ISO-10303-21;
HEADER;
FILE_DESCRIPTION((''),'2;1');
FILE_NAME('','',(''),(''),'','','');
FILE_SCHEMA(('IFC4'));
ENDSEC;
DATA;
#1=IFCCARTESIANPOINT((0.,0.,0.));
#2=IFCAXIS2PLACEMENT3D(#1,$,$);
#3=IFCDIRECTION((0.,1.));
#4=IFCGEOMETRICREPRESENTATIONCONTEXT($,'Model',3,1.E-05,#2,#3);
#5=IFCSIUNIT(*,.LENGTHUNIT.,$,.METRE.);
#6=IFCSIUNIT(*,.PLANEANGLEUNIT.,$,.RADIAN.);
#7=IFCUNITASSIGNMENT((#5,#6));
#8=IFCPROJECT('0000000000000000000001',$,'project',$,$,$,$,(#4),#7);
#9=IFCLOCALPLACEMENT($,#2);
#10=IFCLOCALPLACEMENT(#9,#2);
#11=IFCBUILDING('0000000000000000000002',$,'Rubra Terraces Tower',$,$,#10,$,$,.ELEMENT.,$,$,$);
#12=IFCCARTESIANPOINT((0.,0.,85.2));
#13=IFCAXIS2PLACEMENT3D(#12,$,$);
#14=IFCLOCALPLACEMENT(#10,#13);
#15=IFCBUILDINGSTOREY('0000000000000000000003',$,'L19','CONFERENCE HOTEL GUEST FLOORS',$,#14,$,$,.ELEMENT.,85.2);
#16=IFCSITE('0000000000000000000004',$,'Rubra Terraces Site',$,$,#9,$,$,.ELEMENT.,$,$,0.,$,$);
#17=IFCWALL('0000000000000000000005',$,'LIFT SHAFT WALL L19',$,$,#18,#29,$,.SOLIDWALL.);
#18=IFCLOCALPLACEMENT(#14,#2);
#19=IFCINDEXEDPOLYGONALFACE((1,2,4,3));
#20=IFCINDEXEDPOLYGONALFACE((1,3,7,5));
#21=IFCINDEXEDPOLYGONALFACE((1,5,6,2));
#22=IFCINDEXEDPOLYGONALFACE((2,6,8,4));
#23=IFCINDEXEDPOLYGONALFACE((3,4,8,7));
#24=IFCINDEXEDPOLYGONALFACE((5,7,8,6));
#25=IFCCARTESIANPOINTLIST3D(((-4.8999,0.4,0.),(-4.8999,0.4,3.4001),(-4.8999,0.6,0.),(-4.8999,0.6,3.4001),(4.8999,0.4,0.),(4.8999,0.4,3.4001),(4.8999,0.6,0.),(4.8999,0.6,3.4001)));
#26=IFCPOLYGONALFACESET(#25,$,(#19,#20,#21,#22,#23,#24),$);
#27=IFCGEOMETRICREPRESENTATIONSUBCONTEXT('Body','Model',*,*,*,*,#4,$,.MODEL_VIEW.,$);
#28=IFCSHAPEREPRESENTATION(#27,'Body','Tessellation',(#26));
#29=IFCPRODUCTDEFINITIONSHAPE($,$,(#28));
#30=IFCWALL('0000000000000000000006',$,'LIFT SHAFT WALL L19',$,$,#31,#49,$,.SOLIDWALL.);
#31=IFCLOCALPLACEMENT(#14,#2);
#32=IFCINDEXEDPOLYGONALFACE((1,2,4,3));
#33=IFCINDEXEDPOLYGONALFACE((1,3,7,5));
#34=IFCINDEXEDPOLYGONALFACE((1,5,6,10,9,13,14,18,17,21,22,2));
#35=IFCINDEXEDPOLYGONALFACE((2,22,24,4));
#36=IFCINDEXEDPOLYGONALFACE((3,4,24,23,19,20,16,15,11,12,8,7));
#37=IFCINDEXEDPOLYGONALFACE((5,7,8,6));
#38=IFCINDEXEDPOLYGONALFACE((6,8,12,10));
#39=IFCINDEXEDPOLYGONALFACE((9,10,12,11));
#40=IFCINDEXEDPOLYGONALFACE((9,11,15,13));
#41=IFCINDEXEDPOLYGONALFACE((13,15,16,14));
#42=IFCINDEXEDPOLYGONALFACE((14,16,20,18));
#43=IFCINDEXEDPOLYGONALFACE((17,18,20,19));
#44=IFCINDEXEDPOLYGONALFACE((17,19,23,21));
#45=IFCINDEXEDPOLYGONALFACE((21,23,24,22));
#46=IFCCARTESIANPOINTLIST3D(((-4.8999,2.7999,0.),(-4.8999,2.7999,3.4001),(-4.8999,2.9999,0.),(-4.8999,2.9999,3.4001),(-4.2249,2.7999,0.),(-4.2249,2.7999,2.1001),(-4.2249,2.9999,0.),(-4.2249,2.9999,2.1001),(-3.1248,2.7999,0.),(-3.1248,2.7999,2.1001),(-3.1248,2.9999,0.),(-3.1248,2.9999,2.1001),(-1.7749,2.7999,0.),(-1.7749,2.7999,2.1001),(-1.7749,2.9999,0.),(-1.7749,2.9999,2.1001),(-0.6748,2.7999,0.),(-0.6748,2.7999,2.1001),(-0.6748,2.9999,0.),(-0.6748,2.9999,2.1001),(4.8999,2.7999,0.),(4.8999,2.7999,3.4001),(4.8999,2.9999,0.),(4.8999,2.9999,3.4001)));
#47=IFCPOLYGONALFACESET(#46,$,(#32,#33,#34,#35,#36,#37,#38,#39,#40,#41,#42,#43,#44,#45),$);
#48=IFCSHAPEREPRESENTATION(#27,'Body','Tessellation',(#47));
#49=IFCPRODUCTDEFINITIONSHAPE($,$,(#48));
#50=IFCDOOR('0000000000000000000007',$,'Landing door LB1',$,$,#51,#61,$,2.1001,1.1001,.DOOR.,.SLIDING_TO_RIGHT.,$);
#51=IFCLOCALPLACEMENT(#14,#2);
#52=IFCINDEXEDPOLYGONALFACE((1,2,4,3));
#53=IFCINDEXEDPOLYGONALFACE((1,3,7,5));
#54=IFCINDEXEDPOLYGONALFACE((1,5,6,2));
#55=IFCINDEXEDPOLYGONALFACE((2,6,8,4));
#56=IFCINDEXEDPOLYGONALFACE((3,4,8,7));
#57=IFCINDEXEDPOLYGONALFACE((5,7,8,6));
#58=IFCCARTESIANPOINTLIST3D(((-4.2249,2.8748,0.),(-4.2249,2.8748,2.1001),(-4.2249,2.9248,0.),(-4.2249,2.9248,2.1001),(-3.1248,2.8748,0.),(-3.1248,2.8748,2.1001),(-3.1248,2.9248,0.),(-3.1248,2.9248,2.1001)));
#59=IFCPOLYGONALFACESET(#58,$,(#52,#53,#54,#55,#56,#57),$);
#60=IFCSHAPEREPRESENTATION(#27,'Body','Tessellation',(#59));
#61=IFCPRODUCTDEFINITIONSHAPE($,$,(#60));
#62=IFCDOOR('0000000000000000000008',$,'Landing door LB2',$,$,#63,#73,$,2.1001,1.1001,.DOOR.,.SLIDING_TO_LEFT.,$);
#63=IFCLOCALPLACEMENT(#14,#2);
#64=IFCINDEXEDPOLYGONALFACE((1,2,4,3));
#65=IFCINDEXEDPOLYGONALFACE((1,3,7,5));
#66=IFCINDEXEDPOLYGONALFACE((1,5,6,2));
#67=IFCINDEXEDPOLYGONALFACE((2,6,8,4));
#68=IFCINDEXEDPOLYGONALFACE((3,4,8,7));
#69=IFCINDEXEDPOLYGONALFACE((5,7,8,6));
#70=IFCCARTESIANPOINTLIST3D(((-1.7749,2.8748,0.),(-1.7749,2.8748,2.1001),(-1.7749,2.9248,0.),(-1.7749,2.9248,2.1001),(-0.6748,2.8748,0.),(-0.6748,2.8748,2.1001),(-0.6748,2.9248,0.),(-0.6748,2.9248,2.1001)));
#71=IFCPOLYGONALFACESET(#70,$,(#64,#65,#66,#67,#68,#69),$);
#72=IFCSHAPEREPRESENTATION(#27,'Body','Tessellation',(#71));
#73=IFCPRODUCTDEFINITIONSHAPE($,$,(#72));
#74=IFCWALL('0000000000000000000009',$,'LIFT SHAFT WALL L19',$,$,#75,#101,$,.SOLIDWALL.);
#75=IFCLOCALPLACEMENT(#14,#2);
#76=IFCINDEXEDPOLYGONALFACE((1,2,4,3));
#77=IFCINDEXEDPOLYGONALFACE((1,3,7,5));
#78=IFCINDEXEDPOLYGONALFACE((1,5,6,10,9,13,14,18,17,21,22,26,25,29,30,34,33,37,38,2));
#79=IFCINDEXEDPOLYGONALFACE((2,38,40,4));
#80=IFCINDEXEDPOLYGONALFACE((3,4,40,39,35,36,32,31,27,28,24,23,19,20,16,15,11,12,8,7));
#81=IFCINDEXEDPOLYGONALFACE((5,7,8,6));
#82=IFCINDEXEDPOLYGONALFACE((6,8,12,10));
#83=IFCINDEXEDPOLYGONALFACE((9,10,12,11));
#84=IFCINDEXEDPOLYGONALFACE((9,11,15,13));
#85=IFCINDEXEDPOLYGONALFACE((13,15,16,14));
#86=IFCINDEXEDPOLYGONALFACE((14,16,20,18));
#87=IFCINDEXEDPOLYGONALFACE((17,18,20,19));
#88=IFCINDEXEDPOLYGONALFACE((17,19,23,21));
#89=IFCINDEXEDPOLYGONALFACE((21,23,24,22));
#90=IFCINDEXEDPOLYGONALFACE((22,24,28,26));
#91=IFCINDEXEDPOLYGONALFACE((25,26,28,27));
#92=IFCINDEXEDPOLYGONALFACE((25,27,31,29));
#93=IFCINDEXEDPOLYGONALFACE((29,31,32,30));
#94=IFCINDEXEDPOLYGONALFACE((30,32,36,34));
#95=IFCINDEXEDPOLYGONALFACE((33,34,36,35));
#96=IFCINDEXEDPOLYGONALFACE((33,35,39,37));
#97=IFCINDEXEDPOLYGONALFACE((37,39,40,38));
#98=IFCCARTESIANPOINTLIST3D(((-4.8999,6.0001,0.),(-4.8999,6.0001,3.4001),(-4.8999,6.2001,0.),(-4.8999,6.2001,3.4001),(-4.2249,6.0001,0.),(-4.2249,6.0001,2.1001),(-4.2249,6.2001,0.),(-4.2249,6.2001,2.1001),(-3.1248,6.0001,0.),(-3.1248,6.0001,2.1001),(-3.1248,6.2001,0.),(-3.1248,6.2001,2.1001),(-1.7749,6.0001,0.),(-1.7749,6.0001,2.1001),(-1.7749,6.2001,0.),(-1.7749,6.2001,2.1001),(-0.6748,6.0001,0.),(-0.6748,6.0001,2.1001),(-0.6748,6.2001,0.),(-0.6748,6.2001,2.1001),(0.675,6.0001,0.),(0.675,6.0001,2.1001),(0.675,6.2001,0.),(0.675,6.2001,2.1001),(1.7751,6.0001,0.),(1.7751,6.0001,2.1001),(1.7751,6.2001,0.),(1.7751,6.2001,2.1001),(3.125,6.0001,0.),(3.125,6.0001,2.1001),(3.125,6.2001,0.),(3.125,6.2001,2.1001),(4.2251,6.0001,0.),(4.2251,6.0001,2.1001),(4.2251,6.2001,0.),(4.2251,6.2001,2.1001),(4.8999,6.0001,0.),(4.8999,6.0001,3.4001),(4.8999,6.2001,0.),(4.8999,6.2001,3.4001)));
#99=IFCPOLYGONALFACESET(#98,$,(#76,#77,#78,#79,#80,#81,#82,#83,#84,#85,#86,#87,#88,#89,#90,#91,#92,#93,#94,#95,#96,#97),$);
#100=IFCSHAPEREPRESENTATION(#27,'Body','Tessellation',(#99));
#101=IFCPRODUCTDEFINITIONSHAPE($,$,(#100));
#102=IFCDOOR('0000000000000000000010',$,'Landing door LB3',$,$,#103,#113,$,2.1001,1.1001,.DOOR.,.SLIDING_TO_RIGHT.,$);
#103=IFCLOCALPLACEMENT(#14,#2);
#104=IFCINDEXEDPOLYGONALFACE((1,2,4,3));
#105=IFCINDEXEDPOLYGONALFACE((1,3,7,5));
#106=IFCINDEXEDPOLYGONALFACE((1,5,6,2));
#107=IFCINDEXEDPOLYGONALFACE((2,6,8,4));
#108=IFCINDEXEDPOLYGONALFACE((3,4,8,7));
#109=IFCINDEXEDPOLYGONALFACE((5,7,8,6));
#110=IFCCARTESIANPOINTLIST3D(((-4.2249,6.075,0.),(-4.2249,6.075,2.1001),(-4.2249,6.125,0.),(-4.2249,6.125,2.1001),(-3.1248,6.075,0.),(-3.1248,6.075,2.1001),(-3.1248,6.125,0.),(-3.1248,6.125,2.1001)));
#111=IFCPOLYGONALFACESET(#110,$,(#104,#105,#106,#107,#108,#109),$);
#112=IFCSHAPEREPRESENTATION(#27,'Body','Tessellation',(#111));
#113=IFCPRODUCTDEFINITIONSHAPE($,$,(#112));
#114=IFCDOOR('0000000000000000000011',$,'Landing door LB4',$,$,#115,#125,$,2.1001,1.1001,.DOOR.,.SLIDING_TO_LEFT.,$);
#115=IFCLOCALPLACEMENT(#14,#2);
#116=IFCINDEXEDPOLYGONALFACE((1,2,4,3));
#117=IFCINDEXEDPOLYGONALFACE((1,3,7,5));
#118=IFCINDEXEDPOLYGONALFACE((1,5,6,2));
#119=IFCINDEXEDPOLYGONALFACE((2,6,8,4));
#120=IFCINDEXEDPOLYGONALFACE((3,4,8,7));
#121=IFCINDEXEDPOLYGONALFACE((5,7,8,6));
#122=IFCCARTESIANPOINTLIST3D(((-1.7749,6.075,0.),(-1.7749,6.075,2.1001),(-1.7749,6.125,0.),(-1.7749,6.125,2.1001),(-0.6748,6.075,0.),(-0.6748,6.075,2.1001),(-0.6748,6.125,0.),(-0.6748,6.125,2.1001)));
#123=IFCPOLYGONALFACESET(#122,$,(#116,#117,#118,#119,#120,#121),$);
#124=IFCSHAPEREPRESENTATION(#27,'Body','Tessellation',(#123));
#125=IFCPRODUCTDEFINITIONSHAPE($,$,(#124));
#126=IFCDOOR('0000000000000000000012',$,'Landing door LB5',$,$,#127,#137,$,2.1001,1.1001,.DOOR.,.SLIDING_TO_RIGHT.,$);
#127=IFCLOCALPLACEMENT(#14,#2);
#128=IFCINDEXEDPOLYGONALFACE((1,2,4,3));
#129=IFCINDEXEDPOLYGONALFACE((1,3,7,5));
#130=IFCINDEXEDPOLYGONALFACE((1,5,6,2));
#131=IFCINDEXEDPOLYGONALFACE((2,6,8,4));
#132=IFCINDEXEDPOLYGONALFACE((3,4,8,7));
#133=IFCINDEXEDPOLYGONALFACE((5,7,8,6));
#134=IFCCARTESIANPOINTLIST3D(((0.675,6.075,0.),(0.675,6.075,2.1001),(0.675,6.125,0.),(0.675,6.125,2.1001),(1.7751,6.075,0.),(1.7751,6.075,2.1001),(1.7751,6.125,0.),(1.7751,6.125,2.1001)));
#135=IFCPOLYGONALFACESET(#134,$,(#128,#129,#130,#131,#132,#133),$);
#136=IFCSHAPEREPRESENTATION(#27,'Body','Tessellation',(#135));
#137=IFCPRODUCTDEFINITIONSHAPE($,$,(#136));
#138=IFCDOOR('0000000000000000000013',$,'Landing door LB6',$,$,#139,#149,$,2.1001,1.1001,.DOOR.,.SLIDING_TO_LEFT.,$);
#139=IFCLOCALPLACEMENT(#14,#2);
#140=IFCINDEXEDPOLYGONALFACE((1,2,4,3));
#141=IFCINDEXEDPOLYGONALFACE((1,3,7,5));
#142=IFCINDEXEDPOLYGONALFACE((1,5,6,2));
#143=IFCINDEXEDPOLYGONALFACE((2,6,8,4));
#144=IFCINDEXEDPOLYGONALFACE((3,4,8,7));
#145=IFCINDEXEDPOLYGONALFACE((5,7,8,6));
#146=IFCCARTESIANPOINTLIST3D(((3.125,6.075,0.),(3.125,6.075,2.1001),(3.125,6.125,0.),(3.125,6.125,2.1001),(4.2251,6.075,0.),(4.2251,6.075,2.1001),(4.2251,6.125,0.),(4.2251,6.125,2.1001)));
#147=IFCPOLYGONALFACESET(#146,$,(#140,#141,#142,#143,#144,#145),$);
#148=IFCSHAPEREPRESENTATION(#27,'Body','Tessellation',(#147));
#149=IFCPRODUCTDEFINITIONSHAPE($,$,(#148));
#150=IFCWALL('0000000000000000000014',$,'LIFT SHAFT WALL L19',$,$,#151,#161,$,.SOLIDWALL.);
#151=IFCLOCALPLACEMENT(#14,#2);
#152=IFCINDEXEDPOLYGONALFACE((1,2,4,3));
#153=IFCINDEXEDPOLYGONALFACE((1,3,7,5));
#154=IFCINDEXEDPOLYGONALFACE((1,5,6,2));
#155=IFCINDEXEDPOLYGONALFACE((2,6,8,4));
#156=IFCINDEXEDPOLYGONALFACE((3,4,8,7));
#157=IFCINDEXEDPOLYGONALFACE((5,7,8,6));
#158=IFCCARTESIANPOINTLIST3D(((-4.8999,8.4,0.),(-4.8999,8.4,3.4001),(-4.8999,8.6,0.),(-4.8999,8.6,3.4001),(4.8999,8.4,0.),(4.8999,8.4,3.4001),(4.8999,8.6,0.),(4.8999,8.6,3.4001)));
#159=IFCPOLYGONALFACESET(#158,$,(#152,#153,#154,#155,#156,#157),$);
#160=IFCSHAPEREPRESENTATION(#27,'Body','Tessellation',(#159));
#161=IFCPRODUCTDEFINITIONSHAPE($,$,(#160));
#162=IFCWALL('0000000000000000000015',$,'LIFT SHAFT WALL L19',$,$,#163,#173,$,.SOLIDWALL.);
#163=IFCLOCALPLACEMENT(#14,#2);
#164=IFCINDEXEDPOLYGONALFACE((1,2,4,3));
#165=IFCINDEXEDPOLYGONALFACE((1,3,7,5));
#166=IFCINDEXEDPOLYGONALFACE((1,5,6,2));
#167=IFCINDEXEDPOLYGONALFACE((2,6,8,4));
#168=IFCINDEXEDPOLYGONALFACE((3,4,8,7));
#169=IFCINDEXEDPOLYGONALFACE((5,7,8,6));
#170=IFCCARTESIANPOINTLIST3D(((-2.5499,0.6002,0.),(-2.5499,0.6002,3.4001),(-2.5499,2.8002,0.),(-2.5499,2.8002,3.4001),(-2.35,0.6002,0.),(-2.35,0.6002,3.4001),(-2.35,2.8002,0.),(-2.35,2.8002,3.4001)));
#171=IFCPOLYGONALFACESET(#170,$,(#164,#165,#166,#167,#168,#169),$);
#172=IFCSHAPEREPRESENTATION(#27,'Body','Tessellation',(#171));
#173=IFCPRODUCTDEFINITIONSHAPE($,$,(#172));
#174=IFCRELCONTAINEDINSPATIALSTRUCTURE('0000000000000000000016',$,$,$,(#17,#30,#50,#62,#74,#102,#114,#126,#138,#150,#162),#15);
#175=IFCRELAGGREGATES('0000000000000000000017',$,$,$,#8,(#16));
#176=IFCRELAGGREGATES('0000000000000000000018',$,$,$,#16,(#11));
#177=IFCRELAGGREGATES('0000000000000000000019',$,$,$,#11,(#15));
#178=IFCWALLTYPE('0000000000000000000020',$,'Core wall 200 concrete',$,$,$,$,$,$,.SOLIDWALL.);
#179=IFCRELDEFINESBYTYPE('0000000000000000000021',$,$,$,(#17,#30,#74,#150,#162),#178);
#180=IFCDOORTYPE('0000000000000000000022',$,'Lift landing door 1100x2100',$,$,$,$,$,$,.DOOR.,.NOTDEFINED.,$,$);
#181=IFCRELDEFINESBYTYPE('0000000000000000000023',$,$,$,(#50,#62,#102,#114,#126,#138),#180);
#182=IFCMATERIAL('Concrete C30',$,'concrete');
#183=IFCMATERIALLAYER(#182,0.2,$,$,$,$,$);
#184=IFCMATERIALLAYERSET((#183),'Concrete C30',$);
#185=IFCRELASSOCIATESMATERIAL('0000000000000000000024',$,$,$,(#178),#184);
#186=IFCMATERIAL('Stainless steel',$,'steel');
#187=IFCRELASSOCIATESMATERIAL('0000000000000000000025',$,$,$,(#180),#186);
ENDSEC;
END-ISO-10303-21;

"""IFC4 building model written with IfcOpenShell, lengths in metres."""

from ifc_helpers import new_model, si_unit, direction, frame, frame_2d, origin, place, context, subcontext, project, spatial, rectangle, extrude, material, layer, layer_set, type_object, element, fill, save


model = new_model("IFC4")

# Units and contexts
model_context = context("Model", 3, precision=1e-05, world=origin(), true_north=direction((0.0, 1.0)))
body_context = subcontext(model_context, "Body", "Model", "MODEL_VIEW")
ifc_project = project(units=[si_unit("LENGTHUNIT", "METRE"), si_unit("PLANEANGLEUNIT", "RADIAN")], contexts=[model_context])

# Site, building, storey
site_placement = place(None, origin())
site = spatial("IfcSite", under=ifc_project, at=site_placement, Name="Rubra Terraces Site", CompositionType="ELEMENT", RefElevation=0.0)
building_placement = place(site_placement, origin())
building = spatial("IfcBuilding", under=site, at=building_placement, Name="Rubra Terraces Tower", CompositionType="ELEMENT")
storey_placement = place(building_placement, frame((0.0, 0.0, 85.2)))
storey = spatial("IfcBuildingStorey", under=building, at=storey_placement, Name="L19", Description="CONFERENCE HOTEL GUEST FLOORS", CompositionType="ELEMENT", Elevation=85.2)

# Wall
ifc_material_1 = material(Name="Concrete C30", Category="concrete")
ifc_layer_1 = layer(ifc_material_1, 0.2)
ifc_layer_set_1 = layer_set([ifc_layer_1], Name="Concrete C30")
wall_type_1 = type_object("IfcWallType", Name="Core wall 200 concrete", PredefinedType="SOLIDWALL", material=ifc_layer_set_1)
wall_1_placement = place(storey_placement, frame((-4.8999, 0.5, 0.0), z_axis=(0.0, 0.0, 1.0), x_axis=(1.0, 0.0, 0.0)))
element("IfcWall", 1, at=wall_1_placement, inside=storey, type_object=wall_type_1, Name="LIFT SHAFT WALL L19", PredefinedType="SOLIDWALL", context=body_context, shape_type="SweptSolid", body=[
    extrude(rectangle(XDim=9.7998, YDim=0.2, at=frame_2d((4.8999, 0.0))), origin(), (0.0, 0.0, 1.0), 3.4001),
])

# Walls, openings, doors
wall_2_placement = place(storey_placement, frame((-4.8999, 2.8999, 0.0), z_axis=(0.0, 0.0, 1.0), x_axis=(1.0, 0.0, 0.0)))
wall_2 = element("IfcWall", 2, at=wall_2_placement, inside=storey, type_object=wall_type_1, Name="LIFT SHAFT WALL L19", PredefinedType="SOLIDWALL", context=body_context, shape_type="SweptSolid", body=[
    extrude(rectangle(XDim=9.7998, YDim=0.2, at=frame_2d((4.8999, 0.0))), origin(), (0.0, 0.0, 1.0), 3.4001),
])
opening_1_placement = place(wall_2_placement, frame((0.675, 0.0, 0.0)))
opening_1 = element("IfcOpeningElement", 3, at=opening_1_placement, cuts=wall_2, PredefinedType="OPENING", context=body_context, shape_type="SweptSolid", body=[
    extrude(rectangle(XDim=1.1001, YDim=2.1001, at=frame_2d((0.55, 1.05))), frame((0.0, 0.1099, 0.0), z_axis=(0.0, -1.0, 0.0), x_axis=(1.0, 0.0, 0.0)), (0.0, 0.0, 1.0), 0.22),
])
opening_2_placement = place(wall_2_placement, frame((3.125, 0.0, 0.0)))
opening_2 = element("IfcOpeningElement", 4, at=opening_2_placement, cuts=wall_2, PredefinedType="OPENING", context=body_context, shape_type="SweptSolid", body=[
    extrude(rectangle(XDim=1.1001, YDim=2.1001, at=frame_2d((0.55, 1.05))), frame((0.0, 0.1099, 0.0), z_axis=(0.0, -1.0, 0.0), x_axis=(1.0, 0.0, 0.0)), (0.0, 0.0, 1.0), 0.22),
])
ifc_material_2 = material(Name="Stainless steel", Category="steel")
door_type = type_object("IfcDoorType", Name="Lift landing door 1100x2100", OperationType="NOTDEFINED", PredefinedType="DOOR", material=ifc_material_2)
door_1_placement = place(opening_1_placement, origin())
door_1 = element("IfcDoor", 5, at=door_1_placement, inside=storey, type_object=door_type, Name="Landing door LB1", OperationType="SLIDING_TO_RIGHT", OverallHeight=2.1001, OverallWidth=1.1001, PredefinedType="DOOR", context=body_context, shape_type="SweptSolid", body=[
    extrude(rectangle(XDim=1.1001, YDim=2.1001, at=frame_2d((0.55, 1.05))), frame((0.0, 0.0249, 0.0), z_axis=(0.0, -1.0, 0.0), x_axis=(1.0, 0.0, 0.0)), (0.0, 0.0, 1.0), 0.05),
])
fill(opening_1, door_1)
door_2_placement = place(opening_2_placement, origin())
door_2 = element("IfcDoor", 6, at=door_2_placement, inside=storey, type_object=door_type, Name="Landing door LB2", OperationType="SLIDING_TO_LEFT", OverallHeight=2.1001, OverallWidth=1.1001, PredefinedType="DOOR", context=body_context, shape_type="SweptSolid", body=[
    extrude(rectangle(XDim=1.1001, YDim=2.1001, at=frame_2d((0.55, 1.05))), frame((0.0, 0.0249, 0.0), z_axis=(0.0, -1.0, 0.0), x_axis=(1.0, 0.0, 0.0)), (0.0, 0.0, 1.0), 0.05),
])
fill(opening_2, door_2)
wall_3_placement = place(storey_placement, frame((-4.8999, 6.1001, 0.0), z_axis=(0.0, 0.0, 1.0), x_axis=(1.0, 0.0, 0.0)))
wall_3 = element("IfcWall", 7, at=wall_3_placement, inside=storey, type_object=wall_type_1, Name="LIFT SHAFT WALL L19", PredefinedType="SOLIDWALL", context=body_context, shape_type="SweptSolid", body=[
    extrude(rectangle(XDim=9.7998, YDim=0.2, at=frame_2d((4.8999, 0.0))), origin(), (0.0, 0.0, 1.0), 3.4001),
])
opening_3_placement = place(wall_3_placement, frame((0.675, 0.0, 0.0)))
opening_3 = element("IfcOpeningElement", 8, at=opening_3_placement, cuts=wall_3, PredefinedType="OPENING", context=body_context, shape_type="SweptSolid", body=[
    extrude(rectangle(XDim=1.1001, YDim=2.1001, at=frame_2d((0.55, 1.05))), frame((0.0, 0.1099, 0.0), z_axis=(0.0, -1.0, 0.0), x_axis=(1.0, 0.0, 0.0)), (0.0, 0.0, 1.0), 0.22),
])
opening_4_placement = place(wall_3_placement, frame((3.125, 0.0, 0.0)))
opening_4 = element("IfcOpeningElement", 9, at=opening_4_placement, cuts=wall_3, PredefinedType="OPENING", context=body_context, shape_type="SweptSolid", body=[
    extrude(rectangle(XDim=1.1001, YDim=2.1001, at=frame_2d((0.55, 1.05))), frame((0.0, 0.1099, 0.0), z_axis=(0.0, -1.0, 0.0), x_axis=(1.0, 0.0, 0.0)), (0.0, 0.0, 1.0), 0.22),
])
opening_5_placement = place(wall_3_placement, frame((5.575, 0.0, 0.0)))
opening_5 = element("IfcOpeningElement", 10, at=opening_5_placement, cuts=wall_3, PredefinedType="OPENING", context=body_context, shape_type="SweptSolid", body=[
    extrude(rectangle(XDim=1.1001, YDim=2.1001, at=frame_2d((0.55, 1.05))), frame((0.0, 0.1099, 0.0), z_axis=(0.0, -1.0, 0.0), x_axis=(1.0, 0.0, 0.0)), (0.0, 0.0, 1.0), 0.22),
])
opening_6_placement = place(wall_3_placement, frame((8.0249, 0.0, 0.0)))
opening_6 = element("IfcOpeningElement", 11, at=opening_6_placement, cuts=wall_3, PredefinedType="OPENING", context=body_context, shape_type="SweptSolid", body=[
    extrude(rectangle(XDim=1.1001, YDim=2.1001, at=frame_2d((0.55, 1.05))), frame((0.0, 0.1099, 0.0), z_axis=(0.0, -1.0, 0.0), x_axis=(1.0, 0.0, 0.0)), (0.0, 0.0, 1.0), 0.22),
])
door_3_placement = place(opening_3_placement, origin())
door_3 = element("IfcDoor", 12, at=door_3_placement, inside=storey, type_object=door_type, Name="Landing door LB3", OperationType="SLIDING_TO_RIGHT", OverallHeight=2.1001, OverallWidth=1.1001, PredefinedType="DOOR", context=body_context, shape_type="SweptSolid", body=[
    extrude(rectangle(XDim=1.1001, YDim=2.1001, at=frame_2d((0.55, 1.05))), frame((0.0, 0.0249, 0.0), z_axis=(0.0, -1.0, 0.0), x_axis=(1.0, 0.0, 0.0)), (0.0, 0.0, 1.0), 0.05),
])
fill(opening_3, door_3)
door_4_placement = place(opening_4_placement, origin())
door_4 = element("IfcDoor", 13, at=door_4_placement, inside=storey, type_object=door_type, Name="Landing door LB4", OperationType="SLIDING_TO_LEFT", OverallHeight=2.1001, OverallWidth=1.1001, PredefinedType="DOOR", context=body_context, shape_type="SweptSolid", body=[
    extrude(rectangle(XDim=1.1001, YDim=2.1001, at=frame_2d((0.55, 1.05))), frame((0.0, 0.0249, 0.0), z_axis=(0.0, -1.0, 0.0), x_axis=(1.0, 0.0, 0.0)), (0.0, 0.0, 1.0), 0.05),
])
fill(opening_4, door_4)
door_5_placement = place(opening_5_placement, origin())
door_5 = element("IfcDoor", 14, at=door_5_placement, inside=storey, type_object=door_type, Name="Landing door LB5", OperationType="SLIDING_TO_RIGHT", OverallHeight=2.1001, OverallWidth=1.1001, PredefinedType="DOOR", context=body_context, shape_type="SweptSolid", body=[
    extrude(rectangle(XDim=1.1001, YDim=2.1001, at=frame_2d((0.55, 1.05))), frame((0.0, 0.0249, 0.0), z_axis=(0.0, -1.0, 0.0), x_axis=(1.0, 0.0, 0.0)), (0.0, 0.0, 1.0), 0.05),
])
fill(opening_5, door_5)
door_6_placement = place(opening_6_placement, origin())
door_6 = element("IfcDoor", 15, at=door_6_placement, inside=storey, type_object=door_type, Name="Landing door LB6", OperationType="SLIDING_TO_LEFT", OverallHeight=2.1001, OverallWidth=1.1001, PredefinedType="DOOR", context=body_context, shape_type="SweptSolid", body=[
    extrude(rectangle(XDim=1.1001, YDim=2.1001, at=frame_2d((0.55, 1.05))), frame((0.0, 0.0249, 0.0), z_axis=(0.0, -1.0, 0.0), x_axis=(1.0, 0.0, 0.0)), (0.0, 0.0, 1.0), 0.05),
])
fill(opening_6, door_6)

# Walls
wall_4_placement = place(storey_placement, frame((-4.8999, 8.5, 0.0), z_axis=(0.0, 0.0, 1.0), x_axis=(1.0, 0.0, 0.0)))
element("IfcWall", 16, at=wall_4_placement, inside=storey, type_object=wall_type_1, Name="LIFT SHAFT WALL L19", PredefinedType="SOLIDWALL", context=body_context, shape_type="SweptSolid", body=[
    extrude(rectangle(XDim=9.7998, YDim=0.2, at=frame_2d((4.8999, 0.0))), origin(), (0.0, 0.0, 1.0), 3.4001),
])
for number, where, z_axis, x_axis, name in (
    (17, (-2.45, 0.6001, 0.0), (0.0, 0.0, 1.0), (0.0, 1.0, 0.0), "LIFT SHAFT WALL L19"),
):
    element("IfcWall", number, at=place(storey_placement, frame(where, z_axis=z_axis, x_axis=x_axis)), inside=storey, type_object=wall_type_1, Name=name, PredefinedType="SOLIDWALL", context=body_context, shape_type="SweptSolid", body=[
        extrude(rectangle(XDim=2.2, YDim=0.2, at=frame_2d((1.1001, 0.0))), origin(), (0.0, 0.0, 1.0), 3.4001),
    ])

save(model, "model.ifc")
